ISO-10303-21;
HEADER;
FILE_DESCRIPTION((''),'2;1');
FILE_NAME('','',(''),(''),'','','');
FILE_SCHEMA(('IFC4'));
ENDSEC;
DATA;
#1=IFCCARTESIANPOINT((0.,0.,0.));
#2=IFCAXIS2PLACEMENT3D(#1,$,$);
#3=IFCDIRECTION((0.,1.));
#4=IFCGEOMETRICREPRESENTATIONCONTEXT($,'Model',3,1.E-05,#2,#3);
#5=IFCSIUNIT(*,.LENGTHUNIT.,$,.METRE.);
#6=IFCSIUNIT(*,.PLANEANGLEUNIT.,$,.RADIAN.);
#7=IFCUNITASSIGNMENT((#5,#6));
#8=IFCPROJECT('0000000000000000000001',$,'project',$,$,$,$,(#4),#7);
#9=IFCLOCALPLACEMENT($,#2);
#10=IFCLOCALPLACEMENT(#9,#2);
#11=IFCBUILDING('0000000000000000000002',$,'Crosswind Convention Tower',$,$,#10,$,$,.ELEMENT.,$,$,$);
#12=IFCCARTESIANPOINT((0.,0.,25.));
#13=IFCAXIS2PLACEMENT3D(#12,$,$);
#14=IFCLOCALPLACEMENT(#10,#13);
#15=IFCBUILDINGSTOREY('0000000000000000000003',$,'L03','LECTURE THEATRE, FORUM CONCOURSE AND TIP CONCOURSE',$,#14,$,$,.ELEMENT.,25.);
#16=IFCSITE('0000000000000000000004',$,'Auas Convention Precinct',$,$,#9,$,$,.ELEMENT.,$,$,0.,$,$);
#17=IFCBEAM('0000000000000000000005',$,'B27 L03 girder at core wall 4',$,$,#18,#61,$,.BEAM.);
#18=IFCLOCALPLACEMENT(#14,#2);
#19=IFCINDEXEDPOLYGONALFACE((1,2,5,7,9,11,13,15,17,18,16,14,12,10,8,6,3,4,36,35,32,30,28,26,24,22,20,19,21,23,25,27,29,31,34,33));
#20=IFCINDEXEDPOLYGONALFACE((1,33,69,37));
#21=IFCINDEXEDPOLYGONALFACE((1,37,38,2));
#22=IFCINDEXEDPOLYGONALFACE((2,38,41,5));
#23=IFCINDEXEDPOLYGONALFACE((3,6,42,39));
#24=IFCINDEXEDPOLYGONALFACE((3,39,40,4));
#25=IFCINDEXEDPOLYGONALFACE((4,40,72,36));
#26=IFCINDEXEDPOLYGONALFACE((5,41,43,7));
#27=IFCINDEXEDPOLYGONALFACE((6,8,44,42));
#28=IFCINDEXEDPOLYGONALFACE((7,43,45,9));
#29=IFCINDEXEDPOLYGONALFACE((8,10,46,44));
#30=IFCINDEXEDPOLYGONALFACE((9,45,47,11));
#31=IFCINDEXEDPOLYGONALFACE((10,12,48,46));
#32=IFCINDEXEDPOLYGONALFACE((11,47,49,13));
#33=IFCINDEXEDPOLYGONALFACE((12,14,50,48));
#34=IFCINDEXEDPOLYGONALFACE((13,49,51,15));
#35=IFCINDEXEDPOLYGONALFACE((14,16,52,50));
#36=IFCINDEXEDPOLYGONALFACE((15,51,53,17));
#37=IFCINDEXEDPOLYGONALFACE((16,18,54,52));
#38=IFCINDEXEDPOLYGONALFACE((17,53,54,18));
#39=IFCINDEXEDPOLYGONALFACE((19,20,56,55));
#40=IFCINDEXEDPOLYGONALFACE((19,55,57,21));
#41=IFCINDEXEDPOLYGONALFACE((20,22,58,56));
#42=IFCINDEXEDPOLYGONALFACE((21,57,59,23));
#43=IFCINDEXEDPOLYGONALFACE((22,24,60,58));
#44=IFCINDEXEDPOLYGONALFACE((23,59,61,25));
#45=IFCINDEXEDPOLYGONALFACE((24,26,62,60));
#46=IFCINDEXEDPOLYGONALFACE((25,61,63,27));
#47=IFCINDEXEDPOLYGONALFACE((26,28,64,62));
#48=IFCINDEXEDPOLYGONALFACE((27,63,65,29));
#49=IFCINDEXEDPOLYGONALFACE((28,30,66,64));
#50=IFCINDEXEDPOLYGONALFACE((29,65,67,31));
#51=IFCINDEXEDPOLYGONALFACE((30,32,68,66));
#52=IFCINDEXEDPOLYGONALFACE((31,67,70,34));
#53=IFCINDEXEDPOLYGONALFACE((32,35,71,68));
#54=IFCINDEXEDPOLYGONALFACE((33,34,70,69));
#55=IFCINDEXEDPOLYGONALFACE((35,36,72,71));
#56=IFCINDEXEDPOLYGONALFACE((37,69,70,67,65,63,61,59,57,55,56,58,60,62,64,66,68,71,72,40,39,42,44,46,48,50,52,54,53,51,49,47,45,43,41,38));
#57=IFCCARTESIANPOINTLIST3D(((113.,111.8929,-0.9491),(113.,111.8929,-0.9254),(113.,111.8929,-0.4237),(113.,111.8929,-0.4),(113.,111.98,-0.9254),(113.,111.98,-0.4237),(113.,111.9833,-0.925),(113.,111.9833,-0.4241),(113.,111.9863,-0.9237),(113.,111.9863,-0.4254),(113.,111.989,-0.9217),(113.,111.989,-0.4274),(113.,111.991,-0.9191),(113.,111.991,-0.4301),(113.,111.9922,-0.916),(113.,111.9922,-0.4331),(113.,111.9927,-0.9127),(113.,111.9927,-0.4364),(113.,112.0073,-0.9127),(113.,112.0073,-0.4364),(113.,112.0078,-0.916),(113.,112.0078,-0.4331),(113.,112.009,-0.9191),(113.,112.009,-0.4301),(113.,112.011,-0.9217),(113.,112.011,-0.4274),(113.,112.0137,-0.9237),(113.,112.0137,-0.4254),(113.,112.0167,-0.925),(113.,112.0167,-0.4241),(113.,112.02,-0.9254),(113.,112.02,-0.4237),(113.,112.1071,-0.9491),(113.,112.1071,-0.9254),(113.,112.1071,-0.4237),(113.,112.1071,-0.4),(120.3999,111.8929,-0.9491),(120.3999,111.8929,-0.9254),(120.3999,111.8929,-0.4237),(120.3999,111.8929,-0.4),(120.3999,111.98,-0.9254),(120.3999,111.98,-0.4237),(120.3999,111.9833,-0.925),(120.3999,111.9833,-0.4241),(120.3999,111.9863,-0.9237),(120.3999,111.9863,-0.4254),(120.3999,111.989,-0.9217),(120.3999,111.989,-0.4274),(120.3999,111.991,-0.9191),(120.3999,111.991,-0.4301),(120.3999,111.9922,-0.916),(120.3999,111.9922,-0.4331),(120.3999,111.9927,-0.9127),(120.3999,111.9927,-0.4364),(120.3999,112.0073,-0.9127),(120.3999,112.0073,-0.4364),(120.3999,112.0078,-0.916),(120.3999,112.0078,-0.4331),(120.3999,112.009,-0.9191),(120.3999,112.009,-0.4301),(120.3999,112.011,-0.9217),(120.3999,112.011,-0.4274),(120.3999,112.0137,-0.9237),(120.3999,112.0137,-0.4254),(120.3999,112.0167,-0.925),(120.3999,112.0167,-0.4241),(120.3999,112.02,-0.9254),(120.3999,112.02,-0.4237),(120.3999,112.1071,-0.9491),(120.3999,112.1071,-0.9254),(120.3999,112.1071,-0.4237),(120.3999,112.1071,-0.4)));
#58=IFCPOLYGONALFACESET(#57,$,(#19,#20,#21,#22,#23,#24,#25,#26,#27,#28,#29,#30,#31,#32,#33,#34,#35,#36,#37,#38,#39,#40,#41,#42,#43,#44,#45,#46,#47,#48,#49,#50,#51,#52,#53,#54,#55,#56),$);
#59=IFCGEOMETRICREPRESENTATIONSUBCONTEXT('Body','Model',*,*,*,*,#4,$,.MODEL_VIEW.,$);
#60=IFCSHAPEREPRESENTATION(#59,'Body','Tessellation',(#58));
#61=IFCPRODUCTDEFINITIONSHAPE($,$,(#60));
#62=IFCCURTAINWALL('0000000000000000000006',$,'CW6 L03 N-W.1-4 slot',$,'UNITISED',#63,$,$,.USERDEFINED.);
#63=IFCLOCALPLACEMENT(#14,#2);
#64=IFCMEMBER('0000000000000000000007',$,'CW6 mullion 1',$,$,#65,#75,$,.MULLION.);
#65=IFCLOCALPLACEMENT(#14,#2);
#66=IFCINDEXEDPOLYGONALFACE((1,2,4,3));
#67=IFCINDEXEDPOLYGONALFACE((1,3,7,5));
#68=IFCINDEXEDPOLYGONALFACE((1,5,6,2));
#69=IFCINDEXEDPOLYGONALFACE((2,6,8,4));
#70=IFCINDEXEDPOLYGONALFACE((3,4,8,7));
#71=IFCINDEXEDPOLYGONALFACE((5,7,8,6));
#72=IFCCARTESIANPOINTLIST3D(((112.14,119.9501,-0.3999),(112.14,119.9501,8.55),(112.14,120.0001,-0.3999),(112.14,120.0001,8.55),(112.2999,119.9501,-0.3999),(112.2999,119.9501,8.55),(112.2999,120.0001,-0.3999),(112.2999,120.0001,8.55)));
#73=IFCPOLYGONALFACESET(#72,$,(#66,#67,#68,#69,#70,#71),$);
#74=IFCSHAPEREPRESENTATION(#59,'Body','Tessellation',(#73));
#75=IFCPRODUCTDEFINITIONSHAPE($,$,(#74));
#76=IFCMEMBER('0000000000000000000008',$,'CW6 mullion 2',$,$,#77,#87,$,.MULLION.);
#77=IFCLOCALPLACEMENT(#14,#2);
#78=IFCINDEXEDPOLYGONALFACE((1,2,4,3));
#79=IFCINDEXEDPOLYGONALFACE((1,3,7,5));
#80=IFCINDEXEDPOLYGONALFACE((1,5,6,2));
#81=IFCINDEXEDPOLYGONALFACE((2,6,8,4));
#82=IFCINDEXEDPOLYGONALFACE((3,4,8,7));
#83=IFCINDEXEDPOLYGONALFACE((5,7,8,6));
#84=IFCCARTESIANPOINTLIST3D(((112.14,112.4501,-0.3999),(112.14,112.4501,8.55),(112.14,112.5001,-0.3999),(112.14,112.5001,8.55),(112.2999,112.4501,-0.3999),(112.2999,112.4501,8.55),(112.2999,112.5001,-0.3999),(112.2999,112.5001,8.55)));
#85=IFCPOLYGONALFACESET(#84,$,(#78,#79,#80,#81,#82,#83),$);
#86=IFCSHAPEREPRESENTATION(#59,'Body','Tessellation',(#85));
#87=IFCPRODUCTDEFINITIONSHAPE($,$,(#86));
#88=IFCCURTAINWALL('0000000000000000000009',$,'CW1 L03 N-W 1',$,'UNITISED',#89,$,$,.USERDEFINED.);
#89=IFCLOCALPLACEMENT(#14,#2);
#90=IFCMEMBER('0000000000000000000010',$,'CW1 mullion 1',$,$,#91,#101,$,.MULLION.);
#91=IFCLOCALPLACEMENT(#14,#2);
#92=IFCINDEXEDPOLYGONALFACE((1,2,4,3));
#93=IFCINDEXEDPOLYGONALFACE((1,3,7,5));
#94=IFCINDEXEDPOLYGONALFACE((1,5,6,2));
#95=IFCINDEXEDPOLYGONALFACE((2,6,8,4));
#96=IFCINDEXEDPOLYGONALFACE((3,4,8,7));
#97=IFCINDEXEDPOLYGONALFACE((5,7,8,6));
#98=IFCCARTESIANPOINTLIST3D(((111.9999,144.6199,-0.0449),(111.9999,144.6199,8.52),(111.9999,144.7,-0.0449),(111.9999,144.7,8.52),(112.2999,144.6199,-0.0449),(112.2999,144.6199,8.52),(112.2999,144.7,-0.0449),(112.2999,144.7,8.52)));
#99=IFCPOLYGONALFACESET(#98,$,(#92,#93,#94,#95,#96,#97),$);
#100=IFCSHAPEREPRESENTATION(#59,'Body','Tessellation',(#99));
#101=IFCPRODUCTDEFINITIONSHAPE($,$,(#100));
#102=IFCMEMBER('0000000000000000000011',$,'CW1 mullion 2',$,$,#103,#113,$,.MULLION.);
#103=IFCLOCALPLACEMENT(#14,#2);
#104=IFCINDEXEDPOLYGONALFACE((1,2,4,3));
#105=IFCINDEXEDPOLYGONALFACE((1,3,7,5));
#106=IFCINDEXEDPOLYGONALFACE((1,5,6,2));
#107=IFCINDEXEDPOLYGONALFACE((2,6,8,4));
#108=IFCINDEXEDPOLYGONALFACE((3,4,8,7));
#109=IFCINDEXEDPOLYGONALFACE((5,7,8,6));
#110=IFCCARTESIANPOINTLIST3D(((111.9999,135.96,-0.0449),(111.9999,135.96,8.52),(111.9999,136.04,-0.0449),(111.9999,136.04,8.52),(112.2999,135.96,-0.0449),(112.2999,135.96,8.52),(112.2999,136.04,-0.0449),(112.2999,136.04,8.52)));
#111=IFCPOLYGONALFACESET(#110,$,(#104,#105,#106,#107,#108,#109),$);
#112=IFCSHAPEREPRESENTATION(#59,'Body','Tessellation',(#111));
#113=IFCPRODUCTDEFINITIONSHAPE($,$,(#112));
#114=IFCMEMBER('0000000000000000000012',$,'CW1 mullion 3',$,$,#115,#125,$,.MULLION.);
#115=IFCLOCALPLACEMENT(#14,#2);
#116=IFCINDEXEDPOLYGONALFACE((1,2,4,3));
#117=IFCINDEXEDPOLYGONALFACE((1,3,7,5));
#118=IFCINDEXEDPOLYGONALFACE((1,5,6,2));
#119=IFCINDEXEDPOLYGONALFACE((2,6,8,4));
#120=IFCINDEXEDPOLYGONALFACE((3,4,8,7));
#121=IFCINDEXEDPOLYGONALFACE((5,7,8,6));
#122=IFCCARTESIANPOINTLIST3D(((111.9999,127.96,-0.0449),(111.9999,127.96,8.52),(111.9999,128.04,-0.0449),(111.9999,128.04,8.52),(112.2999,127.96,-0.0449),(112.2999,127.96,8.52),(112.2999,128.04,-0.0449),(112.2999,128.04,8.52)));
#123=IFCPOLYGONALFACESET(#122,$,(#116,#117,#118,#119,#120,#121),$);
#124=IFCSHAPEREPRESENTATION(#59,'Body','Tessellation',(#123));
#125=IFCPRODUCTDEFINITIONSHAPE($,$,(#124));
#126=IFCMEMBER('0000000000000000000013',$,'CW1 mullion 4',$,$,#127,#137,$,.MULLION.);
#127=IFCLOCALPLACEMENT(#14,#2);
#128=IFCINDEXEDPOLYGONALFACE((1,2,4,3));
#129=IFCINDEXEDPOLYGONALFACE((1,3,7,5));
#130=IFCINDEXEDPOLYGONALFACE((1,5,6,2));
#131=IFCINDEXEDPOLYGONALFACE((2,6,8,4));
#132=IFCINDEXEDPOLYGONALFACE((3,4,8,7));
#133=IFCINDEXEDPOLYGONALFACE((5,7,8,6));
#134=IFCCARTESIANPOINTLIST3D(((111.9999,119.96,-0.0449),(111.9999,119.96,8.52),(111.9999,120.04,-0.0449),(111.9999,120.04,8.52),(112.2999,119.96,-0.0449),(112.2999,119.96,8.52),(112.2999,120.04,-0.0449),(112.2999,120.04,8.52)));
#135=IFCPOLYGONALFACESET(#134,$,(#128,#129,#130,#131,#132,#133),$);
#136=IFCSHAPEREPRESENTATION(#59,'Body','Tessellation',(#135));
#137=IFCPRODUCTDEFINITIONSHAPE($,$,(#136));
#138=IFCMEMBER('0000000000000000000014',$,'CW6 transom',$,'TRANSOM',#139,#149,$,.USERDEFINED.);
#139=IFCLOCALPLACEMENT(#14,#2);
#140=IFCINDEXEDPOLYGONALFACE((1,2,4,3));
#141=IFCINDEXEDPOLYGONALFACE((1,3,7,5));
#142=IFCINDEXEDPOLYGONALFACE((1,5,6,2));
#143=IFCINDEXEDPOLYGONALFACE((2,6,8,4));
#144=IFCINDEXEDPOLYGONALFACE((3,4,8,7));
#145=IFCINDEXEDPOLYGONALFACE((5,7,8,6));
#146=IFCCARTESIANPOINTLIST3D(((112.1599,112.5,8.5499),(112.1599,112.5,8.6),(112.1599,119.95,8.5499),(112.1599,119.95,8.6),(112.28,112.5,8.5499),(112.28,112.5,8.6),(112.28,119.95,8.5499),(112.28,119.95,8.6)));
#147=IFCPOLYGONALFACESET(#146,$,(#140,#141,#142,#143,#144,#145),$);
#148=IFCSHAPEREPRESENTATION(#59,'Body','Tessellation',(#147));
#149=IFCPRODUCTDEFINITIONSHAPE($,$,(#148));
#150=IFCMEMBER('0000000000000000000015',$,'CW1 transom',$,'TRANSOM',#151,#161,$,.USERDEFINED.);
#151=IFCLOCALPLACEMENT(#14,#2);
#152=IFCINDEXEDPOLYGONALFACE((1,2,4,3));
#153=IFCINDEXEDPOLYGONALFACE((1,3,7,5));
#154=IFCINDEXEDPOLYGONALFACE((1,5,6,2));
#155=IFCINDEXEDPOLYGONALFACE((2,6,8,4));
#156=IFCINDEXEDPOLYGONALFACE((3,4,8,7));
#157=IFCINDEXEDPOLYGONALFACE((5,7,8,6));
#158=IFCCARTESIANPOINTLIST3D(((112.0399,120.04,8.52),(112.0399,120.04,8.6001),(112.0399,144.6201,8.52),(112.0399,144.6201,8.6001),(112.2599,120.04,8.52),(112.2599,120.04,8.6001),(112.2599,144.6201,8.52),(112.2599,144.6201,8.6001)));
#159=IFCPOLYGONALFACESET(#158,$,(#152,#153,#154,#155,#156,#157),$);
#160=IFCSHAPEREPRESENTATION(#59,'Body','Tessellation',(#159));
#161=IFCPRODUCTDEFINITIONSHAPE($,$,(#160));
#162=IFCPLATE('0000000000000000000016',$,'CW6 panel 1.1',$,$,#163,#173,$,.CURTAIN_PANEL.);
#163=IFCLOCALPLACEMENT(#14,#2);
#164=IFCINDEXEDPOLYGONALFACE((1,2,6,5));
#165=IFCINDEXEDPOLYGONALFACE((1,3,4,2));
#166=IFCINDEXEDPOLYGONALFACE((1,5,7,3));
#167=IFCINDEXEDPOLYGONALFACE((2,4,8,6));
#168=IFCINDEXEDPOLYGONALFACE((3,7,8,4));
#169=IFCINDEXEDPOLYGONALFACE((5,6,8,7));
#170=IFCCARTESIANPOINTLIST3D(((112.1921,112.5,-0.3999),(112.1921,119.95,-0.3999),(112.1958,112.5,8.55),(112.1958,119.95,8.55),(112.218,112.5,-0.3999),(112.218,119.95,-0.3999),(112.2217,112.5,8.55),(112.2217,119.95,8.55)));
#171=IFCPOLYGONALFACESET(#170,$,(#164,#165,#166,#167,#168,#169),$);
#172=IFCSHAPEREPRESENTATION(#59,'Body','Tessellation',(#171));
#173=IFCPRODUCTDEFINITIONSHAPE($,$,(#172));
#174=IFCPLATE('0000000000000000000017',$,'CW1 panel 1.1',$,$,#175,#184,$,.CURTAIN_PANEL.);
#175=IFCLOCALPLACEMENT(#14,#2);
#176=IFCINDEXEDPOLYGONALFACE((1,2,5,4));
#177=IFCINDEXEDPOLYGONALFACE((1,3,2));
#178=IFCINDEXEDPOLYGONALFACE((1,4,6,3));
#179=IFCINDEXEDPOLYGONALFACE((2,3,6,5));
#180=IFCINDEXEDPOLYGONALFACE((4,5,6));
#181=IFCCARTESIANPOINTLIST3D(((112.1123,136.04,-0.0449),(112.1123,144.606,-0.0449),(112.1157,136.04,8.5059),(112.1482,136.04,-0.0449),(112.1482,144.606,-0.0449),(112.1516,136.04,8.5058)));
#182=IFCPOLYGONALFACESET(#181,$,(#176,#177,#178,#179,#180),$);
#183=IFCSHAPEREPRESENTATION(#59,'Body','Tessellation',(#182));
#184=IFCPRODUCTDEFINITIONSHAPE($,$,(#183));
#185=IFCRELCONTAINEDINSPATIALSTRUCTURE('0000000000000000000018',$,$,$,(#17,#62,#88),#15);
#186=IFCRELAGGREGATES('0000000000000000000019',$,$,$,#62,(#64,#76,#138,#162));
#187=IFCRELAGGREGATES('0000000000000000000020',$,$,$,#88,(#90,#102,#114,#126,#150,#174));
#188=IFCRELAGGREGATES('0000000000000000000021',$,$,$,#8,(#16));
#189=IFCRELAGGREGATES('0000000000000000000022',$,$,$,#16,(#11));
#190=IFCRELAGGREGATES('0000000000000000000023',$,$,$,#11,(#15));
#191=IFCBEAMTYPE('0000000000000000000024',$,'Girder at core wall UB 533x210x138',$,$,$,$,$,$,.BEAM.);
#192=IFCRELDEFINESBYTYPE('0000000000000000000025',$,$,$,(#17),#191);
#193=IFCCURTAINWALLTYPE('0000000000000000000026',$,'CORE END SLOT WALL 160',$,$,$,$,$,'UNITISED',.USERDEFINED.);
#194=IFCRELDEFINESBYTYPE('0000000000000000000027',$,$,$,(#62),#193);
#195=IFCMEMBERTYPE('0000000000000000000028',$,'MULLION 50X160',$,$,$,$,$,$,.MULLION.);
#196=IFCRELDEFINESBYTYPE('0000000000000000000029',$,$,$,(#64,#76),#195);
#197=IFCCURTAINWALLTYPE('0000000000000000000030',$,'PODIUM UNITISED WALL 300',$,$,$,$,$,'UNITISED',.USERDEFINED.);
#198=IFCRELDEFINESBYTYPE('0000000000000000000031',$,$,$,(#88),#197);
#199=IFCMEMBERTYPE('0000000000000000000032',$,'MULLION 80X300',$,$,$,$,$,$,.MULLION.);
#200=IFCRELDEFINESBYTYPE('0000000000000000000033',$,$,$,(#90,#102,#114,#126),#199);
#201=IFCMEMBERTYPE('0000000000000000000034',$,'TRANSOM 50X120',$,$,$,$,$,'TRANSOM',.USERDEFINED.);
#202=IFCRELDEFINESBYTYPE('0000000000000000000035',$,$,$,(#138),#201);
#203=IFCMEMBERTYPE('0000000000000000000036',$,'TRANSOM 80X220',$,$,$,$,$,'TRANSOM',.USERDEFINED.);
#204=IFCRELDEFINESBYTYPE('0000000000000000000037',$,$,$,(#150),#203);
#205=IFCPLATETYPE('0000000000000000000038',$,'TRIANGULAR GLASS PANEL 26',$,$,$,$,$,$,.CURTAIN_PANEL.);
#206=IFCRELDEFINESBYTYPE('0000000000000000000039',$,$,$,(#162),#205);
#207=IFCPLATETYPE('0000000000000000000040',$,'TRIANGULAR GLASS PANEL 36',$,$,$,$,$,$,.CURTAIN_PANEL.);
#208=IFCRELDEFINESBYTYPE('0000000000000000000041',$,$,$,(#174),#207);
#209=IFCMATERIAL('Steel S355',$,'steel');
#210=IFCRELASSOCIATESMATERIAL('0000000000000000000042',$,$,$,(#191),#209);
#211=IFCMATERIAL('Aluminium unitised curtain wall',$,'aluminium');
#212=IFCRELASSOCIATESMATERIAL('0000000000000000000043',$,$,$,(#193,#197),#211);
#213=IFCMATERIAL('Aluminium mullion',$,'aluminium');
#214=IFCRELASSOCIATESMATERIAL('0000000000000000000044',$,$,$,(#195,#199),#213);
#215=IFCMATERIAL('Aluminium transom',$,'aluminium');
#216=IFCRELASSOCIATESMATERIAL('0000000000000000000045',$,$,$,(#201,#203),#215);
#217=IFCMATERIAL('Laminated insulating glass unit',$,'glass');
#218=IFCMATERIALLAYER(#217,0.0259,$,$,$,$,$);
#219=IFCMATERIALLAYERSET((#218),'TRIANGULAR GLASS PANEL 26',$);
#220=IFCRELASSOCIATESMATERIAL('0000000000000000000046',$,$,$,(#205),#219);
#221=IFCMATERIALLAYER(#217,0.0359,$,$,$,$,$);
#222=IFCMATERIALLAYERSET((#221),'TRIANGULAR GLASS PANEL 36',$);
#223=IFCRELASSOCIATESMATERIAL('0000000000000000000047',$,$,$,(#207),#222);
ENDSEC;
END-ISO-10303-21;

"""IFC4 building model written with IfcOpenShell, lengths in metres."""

from ifc_helpers import new_model, si_unit, direction, frame, origin, origin_2d, place, context, subcontext, project, spatial, polyline, rectangle, i_section, outline, extrude, material, layer, layer_set, material_profile, profile_set, type_object, element, aggregate, save


model = new_model("IFC4")

# Units and contexts
model_context = context("Model", 3, precision=1e-05, world=origin(), true_north=direction((0.0, 1.0)))
body_context = subcontext(model_context, "Body", "Model", "MODEL_VIEW")
ifc_project = project(units=[si_unit("LENGTHUNIT", "METRE"), si_unit("PLANEANGLEUNIT", "RADIAN")], contexts=[model_context])

# Site, building, storey
site_placement = place(None, origin())
site = spatial("IfcSite", under=ifc_project, at=site_placement, Name="Auas Convention Precinct", CompositionType="ELEMENT", RefElevation=0.0)
building_placement = place(site_placement, origin())
building = spatial("IfcBuilding", under=site, at=building_placement, Name="Crosswind Convention Tower", CompositionType="ELEMENT")
storey_placement = place(building_placement, frame((0.0, 0.0, 25.0)))
storey = spatial("IfcBuildingStorey", under=building, at=storey_placement, Name="L03", Description="LECTURE THEATRE, FORUM CONCOURSE AND TIP CONCOURSE", CompositionType="ELEMENT", Elevation=25.0)

# Beam
ifc_material_1 = material(Name="Steel S355", Category="steel")
ifc_material_profile_1 = material_profile(ifc_material_1, i_section(OverallWidth=0.2141, OverallDepth=0.5491, WebThickness=0.0146, FlangeThickness=0.0237, FilletRadius=0.0127, at=origin_2d()), Name="UB 533x210x138")
ifc_profile_set_1 = profile_set([ifc_material_profile_1], Name="Steel S355")
beam_type = type_object("IfcBeamType", Name="Girder at core wall UB 533x210x138", PredefinedType="BEAM", material=ifc_profile_set_1)
beam_placement = place(storey_placement, frame((113.0, 112.0, -0.6746), z_axis=(1.0, 0.0, 0.0), x_axis=(0.0, 1.0, 0.0)))
element("IfcBeam", 1, at=beam_placement, inside=storey, type_object=beam_type, Name="B27 L03 girder at core wall 4", PredefinedType="BEAM", context=body_context, shape_type="SweptSolid", body=[
    extrude(i_section(OverallWidth=0.2141, OverallDepth=0.5491, WebThickness=0.0146, FlangeThickness=0.0237, FilletRadius=0.0127, at=origin_2d()), origin(), (0.0, 0.0, 1.0), 7.3999),
])

# Curtain walls, members
ifc_material_2 = material(Name="Aluminium unitised curtain wall", Category="aluminium")
curtain_wall_type_1 = type_object("IfcCurtainWallType", Name="CORE END SLOT WALL 160", ElementType="UNITISED", PredefinedType="USERDEFINED", material=ifc_material_2)
curtain_wall_1_placement = place(storey_placement, origin())
curtain_wall_1 = element("IfcCurtainWall", 2, at=curtain_wall_1_placement, inside=storey, type_object=curtain_wall_type_1, Name="CW6 L03 N-W.1-4 slot", ObjectType="UNITISED", PredefinedType="USERDEFINED")
ifc_material_3 = material(Name="Aluminium mullion", Category="aluminium")
ifc_material_profile_2 = material_profile(ifc_material_3, rectangle(XDim=0.1599, YDim=0.05, at=origin_2d()), Name="AL 160X50")
ifc_profile_set_2 = profile_set([ifc_material_profile_2], Name="Aluminium mullion")
member_type_1 = type_object("IfcMemberType", Name="MULLION 50X160", PredefinedType="MULLION", material=ifc_profile_set_2)
member_1_placement = place(storey_placement, frame((112.22, 119.9751, -0.3999), z_axis=(0.0, 0.0, 1.0), x_axis=(-1.0, 0.0, 0.0)))
member_1 = element("IfcMember", 3, at=member_1_placement, type_object=member_type_1, Name="CW6 mullion 1", PredefinedType="MULLION", context=body_context, shape_type="SweptSolid", body=[
    extrude(rectangle(XDim=0.1599, YDim=0.05, at=origin_2d()), origin(), (0.0, 0.0, 1.0), 8.95),
])
member_2_placement = place(storey_placement, frame((112.22, 112.4751, -0.3999), z_axis=(0.0, 0.0, 1.0), x_axis=(-1.0, 0.0, 0.0)))
member_2 = element("IfcMember", 4, at=member_2_placement, type_object=member_type_1, Name="CW6 mullion 2", PredefinedType="MULLION", context=body_context, shape_type="SweptSolid", body=[
    extrude(rectangle(XDim=0.1599, YDim=0.05, at=origin_2d()), origin(), (0.0, 0.0, 1.0), 8.95),
])
curtain_wall_type_2 = type_object("IfcCurtainWallType", Name="PODIUM UNITISED WALL 300", ElementType="UNITISED", PredefinedType="USERDEFINED", material=ifc_material_2)
curtain_wall_2_placement = place(storey_placement, origin())
curtain_wall_2 = element("IfcCurtainWall", 5, at=curtain_wall_2_placement, inside=storey, type_object=curtain_wall_type_2, Name="CW1 L03 N-W 1", ObjectType="UNITISED", PredefinedType="USERDEFINED")
ifc_material_profile_3 = material_profile(ifc_material_3, rectangle(XDim=0.3, YDim=0.0801, at=origin_2d()), Name="AL 300X80")
ifc_profile_set_3 = profile_set([ifc_material_profile_3], Name="Aluminium mullion")
member_type_2 = type_object("IfcMemberType", Name="MULLION 80X300", PredefinedType="MULLION", material=ifc_profile_set_3)
member_3_placement = place(storey_placement, frame((112.1499, 144.6599, -0.0449), z_axis=(0.0, 0.0, 1.0), x_axis=(-1.0, 0.0, 0.0)))
member_3 = element("IfcMember", 6, at=member_3_placement, type_object=member_type_2, Name="CW1 mullion 1", PredefinedType="MULLION", context=body_context, shape_type="SweptSolid", body=[
    extrude(rectangle(XDim=0.3, YDim=0.0801, at=origin_2d()), origin(), (0.0, 0.0, 1.0), 8.5649),
])
member_4_placement = place(storey_placement, frame((112.1499, 136.0, -0.0449), z_axis=(0.0, 0.0, 1.0), x_axis=(-1.0, 0.0, 0.0)))
member_4 = element("IfcMember", 7, at=member_4_placement, type_object=member_type_2, Name="CW1 mullion 2", PredefinedType="MULLION", context=body_context, shape_type="SweptSolid", body=[
    extrude(rectangle(XDim=0.3, YDim=0.0801, at=origin_2d()), origin(), (0.0, 0.0, 1.0), 8.5649),
])
member_5_placement = place(storey_placement, frame((112.1499, 128.0, -0.0449), z_axis=(0.0, 0.0, 1.0), x_axis=(-1.0, 0.0, 0.0)))
member_5 = element("IfcMember", 8, at=member_5_placement, type_object=member_type_2, Name="CW1 mullion 3", PredefinedType="MULLION", context=body_context, shape_type="SweptSolid", body=[
    extrude(rectangle(XDim=0.3, YDim=0.0801, at=origin_2d()), origin(), (0.0, 0.0, 1.0), 8.5649),
])
member_6_placement = place(storey_placement, frame((112.1499, 120.0, -0.0449), z_axis=(0.0, 0.0, 1.0), x_axis=(-1.0, 0.0, 0.0)))
member_6 = element("IfcMember", 9, at=member_6_placement, type_object=member_type_2, Name="CW1 mullion 4", PredefinedType="MULLION", context=body_context, shape_type="SweptSolid", body=[
    extrude(rectangle(XDim=0.3, YDim=0.0801, at=origin_2d()), origin(), (0.0, 0.0, 1.0), 8.5649),
])

# Members
ifc_material_4 = material(Name="Aluminium transom", Category="aluminium")
ifc_material_profile_4 = material_profile(ifc_material_4, rectangle(XDim=0.1201, YDim=0.05, at=origin_2d()), Name="AL 120X50")
ifc_profile_set_4 = profile_set([ifc_material_profile_4], Name="Aluminium transom")
member_type_3 = type_object("IfcMemberType", Name="TRANSOM 50X120", ElementType="TRANSOM", PredefinedType="USERDEFINED", material=ifc_profile_set_4)
member_7_placement = place(storey_placement, frame((112.22, 119.95, 8.575), z_axis=(0.0, -1.0, 0.0), x_axis=(1.0, 0.0, 0.0)))
member_7 = element("IfcMember", 10, at=member_7_placement, type_object=member_type_3, Name="CW6 transom", ObjectType="TRANSOM", PredefinedType="USERDEFINED", context=body_context, shape_type="SweptSolid", body=[
    extrude(rectangle(XDim=0.1201, YDim=0.05, at=origin_2d()), origin(), (0.0, 0.0, 1.0), 7.45),
])
ifc_material_profile_5 = material_profile(ifc_material_4, rectangle(XDim=0.22, YDim=0.0801, at=origin_2d()), Name="AL 220X80")
ifc_profile_set_5 = profile_set([ifc_material_profile_5], Name="Aluminium transom")
member_type_4 = type_object("IfcMemberType", Name="TRANSOM 80X220", ElementType="TRANSOM", PredefinedType="USERDEFINED", material=ifc_profile_set_5)
member_8_placement = place(storey_placement, frame((112.1499, 144.6201, 8.5601), z_axis=(0.0, -1.0, 0.0), x_axis=(1.0, 0.0, 0.0)))
member_8 = element("IfcMember", 11, at=member_8_placement, type_object=member_type_4, Name="CW1 transom", ObjectType="TRANSOM", PredefinedType="USERDEFINED", context=body_context, shape_type="SweptSolid", body=[
    extrude(rectangle(XDim=0.22, YDim=0.0801, at=origin_2d()), origin(), (0.0, 0.0, 1.0), 24.5801),
])

# Plates
ifc_material_5 = material(Name="Laminated insulating glass unit", Category="glass")
ifc_layer_1 = layer(ifc_material_5, 0.0259)
ifc_layer_set_1 = layer_set([ifc_layer_1], Name="TRIANGULAR GLASS PANEL 26")
plate_type_1 = type_object("IfcPlateType", Name="TRIANGULAR GLASS PANEL 26", PredefinedType="CURTAIN_PANEL", material=ifc_layer_set_1)
plate_1_placement = place(storey_placement, frame((112.1921, 119.95, -0.3999), z_axis=(-1.0, 0.0, 0.000409), x_axis=(0.0, -1.0, 0.0)))
plate_1 = element("IfcPlate", 12, at=plate_1_placement, type_object=plate_type_1, Name="CW6 panel 1.1", PredefinedType="CURTAIN_PANEL", context=body_context, shape_type="SweptSolid", body=[
    extrude(outline(polyline([(0.0, 0.0), (7.45, 0.0), (7.45, 8.95), (0.0, 8.95), (0.0, 0.0)])), origin(), (0.0, 0.0, -1.0), 0.0259),
])
aggregate(curtain_wall_1, [member_1, member_2, member_7, plate_1])
ifc_layer_2 = layer(ifc_material_5, 0.0359)
ifc_layer_set_2 = layer_set([ifc_layer_2], Name="TRIANGULAR GLASS PANEL 36")
plate_type_2 = type_object("IfcPlateType", Name="TRIANGULAR GLASS PANEL 36", PredefinedType="CURTAIN_PANEL", material=ifc_layer_set_2)
plate_2_placement = place(storey_placement, frame((112.1123, 136.04, -0.0449), z_axis=(-1.0, 0.0, 0.0004), x_axis=(0.0004, 0.0, 1.0)))
plate_2 = element("IfcPlate", 13, at=plate_2_placement, type_object=plate_type_2, Name="CW1 panel 1.1", PredefinedType="CURTAIN_PANEL", context=body_context, shape_type="SweptSolid", body=[
    extrude(outline(polyline([(0.0, 0.0), (8.5508, 0.0), (0.0, 8.5659), (0.0, 0.0)])), origin(), (0.0, 0.0, -1.0), 0.0359),
])
aggregate(curtain_wall_2, [member_3, member_4, member_5, member_6, member_8, plate_2])

save(model, "model.ifc")
